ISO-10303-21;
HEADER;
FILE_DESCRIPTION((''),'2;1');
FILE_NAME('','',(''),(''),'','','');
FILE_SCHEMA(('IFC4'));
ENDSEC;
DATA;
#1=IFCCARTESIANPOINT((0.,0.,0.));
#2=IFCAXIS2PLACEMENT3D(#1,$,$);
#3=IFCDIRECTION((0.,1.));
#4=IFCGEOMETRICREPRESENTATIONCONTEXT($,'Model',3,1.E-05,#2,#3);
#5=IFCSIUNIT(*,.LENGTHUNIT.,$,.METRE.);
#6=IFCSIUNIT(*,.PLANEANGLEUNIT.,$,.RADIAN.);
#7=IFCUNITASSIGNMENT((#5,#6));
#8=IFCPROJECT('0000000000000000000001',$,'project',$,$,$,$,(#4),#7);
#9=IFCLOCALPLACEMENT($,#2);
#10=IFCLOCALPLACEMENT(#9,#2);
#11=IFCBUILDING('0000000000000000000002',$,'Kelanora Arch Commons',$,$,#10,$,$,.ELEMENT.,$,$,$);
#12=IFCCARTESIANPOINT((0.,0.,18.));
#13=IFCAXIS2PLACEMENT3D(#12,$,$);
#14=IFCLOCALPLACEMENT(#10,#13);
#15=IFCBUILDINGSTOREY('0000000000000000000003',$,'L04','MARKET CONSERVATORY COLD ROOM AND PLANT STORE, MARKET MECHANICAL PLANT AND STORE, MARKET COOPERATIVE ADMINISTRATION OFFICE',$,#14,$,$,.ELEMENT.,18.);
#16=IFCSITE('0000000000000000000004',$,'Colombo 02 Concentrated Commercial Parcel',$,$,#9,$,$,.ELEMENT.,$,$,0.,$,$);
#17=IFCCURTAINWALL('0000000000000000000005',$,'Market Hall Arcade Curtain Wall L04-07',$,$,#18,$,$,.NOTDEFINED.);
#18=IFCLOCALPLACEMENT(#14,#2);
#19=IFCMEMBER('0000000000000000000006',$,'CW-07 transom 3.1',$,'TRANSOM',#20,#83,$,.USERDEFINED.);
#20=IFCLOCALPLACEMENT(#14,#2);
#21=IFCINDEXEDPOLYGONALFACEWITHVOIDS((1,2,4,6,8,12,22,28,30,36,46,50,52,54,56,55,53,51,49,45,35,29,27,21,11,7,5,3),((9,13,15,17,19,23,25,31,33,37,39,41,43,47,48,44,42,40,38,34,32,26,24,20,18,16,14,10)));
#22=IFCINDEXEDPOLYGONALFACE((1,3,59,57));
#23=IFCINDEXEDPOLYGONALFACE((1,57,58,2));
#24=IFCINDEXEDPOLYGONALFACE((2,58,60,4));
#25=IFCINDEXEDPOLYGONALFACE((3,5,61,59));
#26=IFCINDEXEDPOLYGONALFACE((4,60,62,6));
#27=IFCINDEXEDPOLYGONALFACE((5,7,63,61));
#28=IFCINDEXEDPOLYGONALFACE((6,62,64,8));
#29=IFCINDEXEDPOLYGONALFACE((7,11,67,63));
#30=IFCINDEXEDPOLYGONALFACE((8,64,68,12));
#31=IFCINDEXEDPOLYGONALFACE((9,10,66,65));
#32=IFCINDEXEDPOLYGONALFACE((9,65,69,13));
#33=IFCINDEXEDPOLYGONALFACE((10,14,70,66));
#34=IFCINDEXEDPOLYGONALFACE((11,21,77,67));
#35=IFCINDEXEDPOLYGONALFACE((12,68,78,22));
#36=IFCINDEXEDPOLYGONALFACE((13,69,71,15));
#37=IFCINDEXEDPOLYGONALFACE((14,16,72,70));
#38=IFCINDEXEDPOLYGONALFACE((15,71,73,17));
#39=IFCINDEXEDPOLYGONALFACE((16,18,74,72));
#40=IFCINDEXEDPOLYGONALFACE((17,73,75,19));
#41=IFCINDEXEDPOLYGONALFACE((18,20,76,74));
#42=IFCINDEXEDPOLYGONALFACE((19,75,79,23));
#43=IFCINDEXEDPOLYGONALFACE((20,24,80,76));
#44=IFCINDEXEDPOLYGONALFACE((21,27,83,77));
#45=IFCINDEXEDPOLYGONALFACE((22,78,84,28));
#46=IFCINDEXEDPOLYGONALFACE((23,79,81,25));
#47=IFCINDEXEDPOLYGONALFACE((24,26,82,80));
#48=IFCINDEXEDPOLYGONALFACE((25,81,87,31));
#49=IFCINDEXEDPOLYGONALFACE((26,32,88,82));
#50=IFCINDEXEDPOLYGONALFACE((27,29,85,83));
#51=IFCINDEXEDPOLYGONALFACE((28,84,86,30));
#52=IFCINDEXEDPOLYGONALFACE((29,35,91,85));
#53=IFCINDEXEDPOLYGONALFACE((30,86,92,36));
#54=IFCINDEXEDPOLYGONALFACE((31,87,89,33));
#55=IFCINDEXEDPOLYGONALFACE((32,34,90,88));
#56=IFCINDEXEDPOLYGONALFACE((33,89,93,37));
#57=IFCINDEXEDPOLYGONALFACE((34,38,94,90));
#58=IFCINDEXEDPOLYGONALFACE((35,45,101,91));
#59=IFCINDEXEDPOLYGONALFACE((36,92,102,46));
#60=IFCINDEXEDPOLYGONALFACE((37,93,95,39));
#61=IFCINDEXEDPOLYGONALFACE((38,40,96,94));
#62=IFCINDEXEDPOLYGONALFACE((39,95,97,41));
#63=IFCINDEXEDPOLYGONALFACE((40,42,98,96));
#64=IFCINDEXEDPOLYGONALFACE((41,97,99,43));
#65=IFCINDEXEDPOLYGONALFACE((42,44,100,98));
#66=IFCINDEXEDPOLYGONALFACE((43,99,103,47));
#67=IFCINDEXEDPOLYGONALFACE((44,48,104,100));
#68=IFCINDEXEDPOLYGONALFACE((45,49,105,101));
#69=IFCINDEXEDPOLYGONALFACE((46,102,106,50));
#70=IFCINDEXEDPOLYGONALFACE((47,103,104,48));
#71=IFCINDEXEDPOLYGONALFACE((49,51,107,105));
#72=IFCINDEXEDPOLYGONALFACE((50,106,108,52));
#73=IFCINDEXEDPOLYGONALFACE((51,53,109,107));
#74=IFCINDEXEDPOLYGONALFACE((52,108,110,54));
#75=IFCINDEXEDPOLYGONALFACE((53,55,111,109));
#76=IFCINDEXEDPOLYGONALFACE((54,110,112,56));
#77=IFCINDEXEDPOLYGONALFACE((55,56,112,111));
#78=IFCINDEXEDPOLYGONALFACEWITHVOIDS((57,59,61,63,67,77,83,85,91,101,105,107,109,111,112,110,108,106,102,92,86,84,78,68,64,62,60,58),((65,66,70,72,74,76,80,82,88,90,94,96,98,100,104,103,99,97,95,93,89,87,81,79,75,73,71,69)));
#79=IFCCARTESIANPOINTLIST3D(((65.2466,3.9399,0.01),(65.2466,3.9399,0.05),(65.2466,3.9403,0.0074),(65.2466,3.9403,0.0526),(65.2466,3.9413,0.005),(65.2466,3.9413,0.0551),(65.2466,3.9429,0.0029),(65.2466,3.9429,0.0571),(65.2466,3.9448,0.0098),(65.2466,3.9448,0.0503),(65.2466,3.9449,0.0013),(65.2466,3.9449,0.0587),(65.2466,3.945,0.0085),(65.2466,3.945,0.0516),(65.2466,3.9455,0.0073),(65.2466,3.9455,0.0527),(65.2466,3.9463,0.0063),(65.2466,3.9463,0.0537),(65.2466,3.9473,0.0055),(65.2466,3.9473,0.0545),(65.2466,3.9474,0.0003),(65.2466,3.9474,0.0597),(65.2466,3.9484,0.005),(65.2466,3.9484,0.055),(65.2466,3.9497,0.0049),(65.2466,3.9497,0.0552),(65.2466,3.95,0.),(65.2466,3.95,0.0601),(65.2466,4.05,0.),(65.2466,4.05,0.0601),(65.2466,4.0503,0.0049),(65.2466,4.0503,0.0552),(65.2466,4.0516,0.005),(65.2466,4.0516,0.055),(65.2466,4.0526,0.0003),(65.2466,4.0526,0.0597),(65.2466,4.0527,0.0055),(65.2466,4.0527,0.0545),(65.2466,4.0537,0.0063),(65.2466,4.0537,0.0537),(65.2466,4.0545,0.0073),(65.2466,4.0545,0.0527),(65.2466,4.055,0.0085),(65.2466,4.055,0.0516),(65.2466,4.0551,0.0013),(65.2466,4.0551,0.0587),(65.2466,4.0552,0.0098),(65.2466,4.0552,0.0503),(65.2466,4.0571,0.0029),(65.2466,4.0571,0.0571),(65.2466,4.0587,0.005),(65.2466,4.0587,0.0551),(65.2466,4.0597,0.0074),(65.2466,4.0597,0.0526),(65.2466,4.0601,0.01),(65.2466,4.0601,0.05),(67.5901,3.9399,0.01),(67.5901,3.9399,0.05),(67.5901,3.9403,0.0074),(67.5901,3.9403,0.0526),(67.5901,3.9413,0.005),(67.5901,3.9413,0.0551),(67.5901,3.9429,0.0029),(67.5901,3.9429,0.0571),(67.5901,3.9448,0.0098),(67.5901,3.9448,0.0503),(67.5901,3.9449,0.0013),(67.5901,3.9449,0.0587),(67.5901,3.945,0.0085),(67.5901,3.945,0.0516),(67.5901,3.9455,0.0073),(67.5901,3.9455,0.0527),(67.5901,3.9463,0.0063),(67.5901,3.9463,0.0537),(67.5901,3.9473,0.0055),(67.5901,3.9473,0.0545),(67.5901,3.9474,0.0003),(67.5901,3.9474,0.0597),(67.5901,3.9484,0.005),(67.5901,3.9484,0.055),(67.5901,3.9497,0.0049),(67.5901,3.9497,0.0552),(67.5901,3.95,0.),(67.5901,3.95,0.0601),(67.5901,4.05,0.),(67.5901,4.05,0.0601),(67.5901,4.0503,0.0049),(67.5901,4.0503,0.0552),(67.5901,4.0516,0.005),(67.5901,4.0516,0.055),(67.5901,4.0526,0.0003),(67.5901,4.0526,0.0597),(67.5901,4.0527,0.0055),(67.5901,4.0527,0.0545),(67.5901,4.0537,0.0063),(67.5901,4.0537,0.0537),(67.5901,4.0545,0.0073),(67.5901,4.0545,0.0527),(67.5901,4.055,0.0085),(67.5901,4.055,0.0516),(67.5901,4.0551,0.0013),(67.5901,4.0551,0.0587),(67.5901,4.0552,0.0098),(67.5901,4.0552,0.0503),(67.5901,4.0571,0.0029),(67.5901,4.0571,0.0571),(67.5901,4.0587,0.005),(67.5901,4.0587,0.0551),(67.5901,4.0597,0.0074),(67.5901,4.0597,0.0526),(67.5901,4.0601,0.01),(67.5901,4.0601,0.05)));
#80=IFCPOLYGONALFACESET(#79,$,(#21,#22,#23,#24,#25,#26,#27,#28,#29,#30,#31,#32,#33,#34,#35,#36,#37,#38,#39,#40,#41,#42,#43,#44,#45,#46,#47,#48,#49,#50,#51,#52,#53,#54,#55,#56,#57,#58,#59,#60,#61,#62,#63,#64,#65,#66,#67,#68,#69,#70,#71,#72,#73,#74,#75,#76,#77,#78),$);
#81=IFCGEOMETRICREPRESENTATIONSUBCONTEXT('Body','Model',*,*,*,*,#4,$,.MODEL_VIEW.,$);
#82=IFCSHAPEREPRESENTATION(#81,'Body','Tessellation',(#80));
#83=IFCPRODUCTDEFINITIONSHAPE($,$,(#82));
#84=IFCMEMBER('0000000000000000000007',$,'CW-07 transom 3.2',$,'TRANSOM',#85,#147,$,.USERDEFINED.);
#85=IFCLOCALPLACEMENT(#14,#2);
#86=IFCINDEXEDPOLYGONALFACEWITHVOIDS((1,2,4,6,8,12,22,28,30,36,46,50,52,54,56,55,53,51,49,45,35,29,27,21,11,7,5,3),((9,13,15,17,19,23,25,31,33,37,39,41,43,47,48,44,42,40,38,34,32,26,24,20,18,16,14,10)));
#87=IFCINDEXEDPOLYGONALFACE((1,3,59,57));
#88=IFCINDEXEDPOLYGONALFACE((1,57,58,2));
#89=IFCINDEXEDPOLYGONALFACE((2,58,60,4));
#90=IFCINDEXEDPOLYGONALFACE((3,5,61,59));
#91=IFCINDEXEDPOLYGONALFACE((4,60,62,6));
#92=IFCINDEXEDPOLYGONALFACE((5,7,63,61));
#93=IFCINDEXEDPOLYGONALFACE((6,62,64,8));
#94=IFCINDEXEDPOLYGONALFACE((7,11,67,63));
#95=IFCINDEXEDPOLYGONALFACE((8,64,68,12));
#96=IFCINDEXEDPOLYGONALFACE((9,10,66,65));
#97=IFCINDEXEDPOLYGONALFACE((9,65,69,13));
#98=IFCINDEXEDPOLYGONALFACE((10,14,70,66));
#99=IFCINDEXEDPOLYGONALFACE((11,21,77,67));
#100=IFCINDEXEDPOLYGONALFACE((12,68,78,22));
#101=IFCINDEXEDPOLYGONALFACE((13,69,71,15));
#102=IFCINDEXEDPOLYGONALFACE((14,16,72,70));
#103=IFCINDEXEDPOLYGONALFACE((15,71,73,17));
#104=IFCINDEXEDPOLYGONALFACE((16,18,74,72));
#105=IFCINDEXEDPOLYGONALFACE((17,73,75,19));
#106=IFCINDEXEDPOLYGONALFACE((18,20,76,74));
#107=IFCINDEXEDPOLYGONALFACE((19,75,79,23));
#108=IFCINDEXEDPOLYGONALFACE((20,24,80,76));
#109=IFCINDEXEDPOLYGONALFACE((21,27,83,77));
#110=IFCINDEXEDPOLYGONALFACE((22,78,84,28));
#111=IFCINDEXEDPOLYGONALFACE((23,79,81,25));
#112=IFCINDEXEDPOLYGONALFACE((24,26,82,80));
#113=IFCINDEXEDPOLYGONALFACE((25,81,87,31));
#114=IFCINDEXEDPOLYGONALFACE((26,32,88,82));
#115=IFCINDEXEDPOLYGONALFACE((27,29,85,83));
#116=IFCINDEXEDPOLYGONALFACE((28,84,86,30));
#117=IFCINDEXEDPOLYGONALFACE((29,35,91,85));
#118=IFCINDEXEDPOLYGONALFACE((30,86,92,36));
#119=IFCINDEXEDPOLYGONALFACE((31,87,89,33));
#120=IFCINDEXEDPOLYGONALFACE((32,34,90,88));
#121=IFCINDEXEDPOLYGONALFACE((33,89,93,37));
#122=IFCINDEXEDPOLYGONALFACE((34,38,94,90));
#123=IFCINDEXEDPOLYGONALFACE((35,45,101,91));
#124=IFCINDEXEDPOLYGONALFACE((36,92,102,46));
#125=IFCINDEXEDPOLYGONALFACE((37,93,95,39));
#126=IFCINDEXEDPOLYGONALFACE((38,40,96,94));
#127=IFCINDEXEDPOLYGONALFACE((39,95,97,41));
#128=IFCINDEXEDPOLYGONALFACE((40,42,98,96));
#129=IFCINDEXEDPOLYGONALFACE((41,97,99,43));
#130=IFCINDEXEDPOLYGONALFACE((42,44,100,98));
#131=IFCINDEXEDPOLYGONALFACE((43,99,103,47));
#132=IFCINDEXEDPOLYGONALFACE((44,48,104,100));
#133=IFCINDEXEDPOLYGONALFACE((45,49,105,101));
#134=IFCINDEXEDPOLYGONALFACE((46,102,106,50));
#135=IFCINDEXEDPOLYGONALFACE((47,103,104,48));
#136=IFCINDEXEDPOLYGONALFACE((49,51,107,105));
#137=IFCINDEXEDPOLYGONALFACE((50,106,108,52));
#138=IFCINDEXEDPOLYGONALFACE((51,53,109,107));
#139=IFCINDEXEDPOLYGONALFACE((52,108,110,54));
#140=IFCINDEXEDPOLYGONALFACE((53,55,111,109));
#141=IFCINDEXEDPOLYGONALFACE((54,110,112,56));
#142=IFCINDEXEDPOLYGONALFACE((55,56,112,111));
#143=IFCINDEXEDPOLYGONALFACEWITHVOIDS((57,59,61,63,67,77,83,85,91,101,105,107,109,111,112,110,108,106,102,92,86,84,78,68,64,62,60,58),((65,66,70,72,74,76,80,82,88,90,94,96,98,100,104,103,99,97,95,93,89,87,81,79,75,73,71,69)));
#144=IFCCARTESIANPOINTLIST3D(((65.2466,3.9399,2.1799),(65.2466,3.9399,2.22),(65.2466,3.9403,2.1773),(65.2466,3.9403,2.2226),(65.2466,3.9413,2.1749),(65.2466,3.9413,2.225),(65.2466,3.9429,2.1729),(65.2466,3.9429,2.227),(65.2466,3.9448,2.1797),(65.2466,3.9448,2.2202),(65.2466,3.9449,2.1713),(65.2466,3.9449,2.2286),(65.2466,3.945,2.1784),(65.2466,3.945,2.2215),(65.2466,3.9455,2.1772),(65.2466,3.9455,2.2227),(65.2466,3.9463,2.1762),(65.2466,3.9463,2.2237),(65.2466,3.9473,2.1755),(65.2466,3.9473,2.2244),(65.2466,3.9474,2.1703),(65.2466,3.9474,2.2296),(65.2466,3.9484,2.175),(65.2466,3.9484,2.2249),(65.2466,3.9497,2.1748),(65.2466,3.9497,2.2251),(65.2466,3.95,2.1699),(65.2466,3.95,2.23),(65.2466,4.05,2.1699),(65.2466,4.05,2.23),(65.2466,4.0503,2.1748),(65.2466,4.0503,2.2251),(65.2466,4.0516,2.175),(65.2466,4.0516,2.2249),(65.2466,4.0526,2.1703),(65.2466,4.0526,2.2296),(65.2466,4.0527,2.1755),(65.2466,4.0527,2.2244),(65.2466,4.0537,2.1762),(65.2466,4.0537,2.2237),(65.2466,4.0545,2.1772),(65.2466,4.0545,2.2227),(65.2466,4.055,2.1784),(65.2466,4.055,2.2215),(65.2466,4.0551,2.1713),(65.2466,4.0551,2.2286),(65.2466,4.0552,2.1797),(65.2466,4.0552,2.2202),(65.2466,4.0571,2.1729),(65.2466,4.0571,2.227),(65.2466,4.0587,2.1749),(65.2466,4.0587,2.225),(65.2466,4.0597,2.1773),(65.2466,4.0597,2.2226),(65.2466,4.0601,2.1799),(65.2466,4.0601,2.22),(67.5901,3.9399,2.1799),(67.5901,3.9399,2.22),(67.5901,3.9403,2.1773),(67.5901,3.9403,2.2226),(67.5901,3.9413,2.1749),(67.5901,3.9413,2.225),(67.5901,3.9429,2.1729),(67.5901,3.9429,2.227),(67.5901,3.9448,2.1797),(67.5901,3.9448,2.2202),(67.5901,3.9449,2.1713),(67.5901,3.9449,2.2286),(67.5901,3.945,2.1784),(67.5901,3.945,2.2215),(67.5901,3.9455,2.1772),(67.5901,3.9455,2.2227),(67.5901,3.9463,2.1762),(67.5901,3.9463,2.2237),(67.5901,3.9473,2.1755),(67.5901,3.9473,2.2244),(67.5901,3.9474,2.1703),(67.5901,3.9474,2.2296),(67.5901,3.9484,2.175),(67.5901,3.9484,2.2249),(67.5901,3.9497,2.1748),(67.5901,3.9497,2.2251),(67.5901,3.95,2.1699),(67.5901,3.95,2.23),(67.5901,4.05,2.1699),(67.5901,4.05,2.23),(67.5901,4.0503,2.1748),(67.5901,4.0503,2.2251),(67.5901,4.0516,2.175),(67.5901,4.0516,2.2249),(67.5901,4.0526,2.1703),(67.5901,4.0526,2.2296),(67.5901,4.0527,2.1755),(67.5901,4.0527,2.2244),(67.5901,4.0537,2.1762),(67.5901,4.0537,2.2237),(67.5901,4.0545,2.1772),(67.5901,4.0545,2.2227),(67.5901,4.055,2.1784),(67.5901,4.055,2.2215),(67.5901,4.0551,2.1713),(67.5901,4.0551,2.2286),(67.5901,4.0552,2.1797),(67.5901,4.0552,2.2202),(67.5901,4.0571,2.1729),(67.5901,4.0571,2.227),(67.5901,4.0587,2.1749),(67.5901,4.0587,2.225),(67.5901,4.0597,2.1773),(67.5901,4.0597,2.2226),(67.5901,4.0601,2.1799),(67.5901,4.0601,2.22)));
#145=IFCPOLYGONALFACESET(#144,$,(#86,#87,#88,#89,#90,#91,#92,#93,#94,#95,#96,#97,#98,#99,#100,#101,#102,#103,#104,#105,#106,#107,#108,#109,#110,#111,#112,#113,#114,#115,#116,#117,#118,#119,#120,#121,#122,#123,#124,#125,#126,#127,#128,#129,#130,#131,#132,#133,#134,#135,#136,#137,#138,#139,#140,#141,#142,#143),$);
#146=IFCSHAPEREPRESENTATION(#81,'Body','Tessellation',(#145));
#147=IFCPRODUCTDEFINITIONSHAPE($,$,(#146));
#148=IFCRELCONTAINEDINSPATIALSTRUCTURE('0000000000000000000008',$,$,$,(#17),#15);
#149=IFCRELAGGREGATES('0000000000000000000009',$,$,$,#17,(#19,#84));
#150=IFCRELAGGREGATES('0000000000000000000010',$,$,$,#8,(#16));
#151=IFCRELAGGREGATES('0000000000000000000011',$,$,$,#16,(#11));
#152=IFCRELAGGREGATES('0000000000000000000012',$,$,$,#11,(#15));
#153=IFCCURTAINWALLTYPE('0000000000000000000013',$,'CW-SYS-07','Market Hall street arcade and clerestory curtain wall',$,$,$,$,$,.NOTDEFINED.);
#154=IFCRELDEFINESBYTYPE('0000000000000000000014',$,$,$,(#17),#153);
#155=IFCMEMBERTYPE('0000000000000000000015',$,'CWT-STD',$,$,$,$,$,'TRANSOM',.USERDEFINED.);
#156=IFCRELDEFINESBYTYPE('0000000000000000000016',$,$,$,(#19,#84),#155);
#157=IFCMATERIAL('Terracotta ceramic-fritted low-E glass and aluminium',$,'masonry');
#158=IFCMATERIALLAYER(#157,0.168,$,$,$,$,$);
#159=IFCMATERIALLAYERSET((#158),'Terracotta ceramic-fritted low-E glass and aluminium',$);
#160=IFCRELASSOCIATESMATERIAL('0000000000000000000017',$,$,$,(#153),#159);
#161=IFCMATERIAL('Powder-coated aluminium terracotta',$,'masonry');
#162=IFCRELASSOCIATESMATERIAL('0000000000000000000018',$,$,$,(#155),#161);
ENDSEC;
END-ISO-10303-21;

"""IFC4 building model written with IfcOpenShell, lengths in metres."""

from ifc_helpers import new_model, si_unit, direction, frame, origin, origin_2d, place, context, subcontext, project, spatial, hollow_rectangle, extrude, material, layer, layer_set, material_profile, profile_set, type_object, element, aggregate, save


model = new_model("IFC4")

# Units and contexts
model_context = context("Model", 3, precision=1e-05, world=origin(), true_north=direction((0.0, 1.0)))
body_context = subcontext(model_context, "Body", "Model", "MODEL_VIEW")
ifc_project = project(units=[si_unit("LENGTHUNIT", "METRE"), si_unit("PLANEANGLEUNIT", "RADIAN")], contexts=[model_context])

# Site, building, storey
site_placement = place(None, origin())
site = spatial("IfcSite", under=ifc_project, at=site_placement, Name="Colombo 02 Concentrated Commercial Parcel", CompositionType="ELEMENT", RefElevation=0.0)
building_placement = place(site_placement, origin())
building = spatial("IfcBuilding", under=site, at=building_placement, Name="Kelanora Arch Commons", CompositionType="ELEMENT")
storey_placement = place(building_placement, frame((0.0, 0.0, 18.0)))
storey = spatial("IfcBuildingStorey", under=building, at=storey_placement, Name="L04", Description="MARKET CONSERVATORY COLD ROOM AND PLANT STORE, MARKET MECHANICAL PLANT AND STORE, MARKET COOPERATIVE ADMINISTRATION OFFICE", CompositionType="ELEMENT", Elevation=18.0)

# Curtain wall, members
ifc_material_1 = material(Name="Terracotta ceramic-fritted low-E glass and aluminium", Category="masonry")
ifc_layer_1 = layer(ifc_material_1, 0.168)
ifc_layer_set_1 = layer_set([ifc_layer_1], Name="Terracotta ceramic-fritted low-E glass and aluminium")
curtain_wall_type = type_object("IfcCurtainWallType", Name="CW-SYS-07", Description="Market Hall street arcade and clerestory curtain wall", PredefinedType="NOTDEFINED", material=ifc_layer_set_1)
curtain_wall_placement = place(storey_placement, origin())
curtain_wall = element("IfcCurtainWall", 1, at=curtain_wall_placement, inside=storey, type_object=curtain_wall_type, Name="Market Hall Arcade Curtain Wall L04-07", PredefinedType="NOTDEFINED")
ifc_material_2 = material(Name="Powder-coated aluminium terracotta", Category="masonry")
ifc_material_profile_1 = material_profile(ifc_material_2, hollow_rectangle(XDim=0.1201, YDim=0.0601, WallThickness=0.0049, InnerFilletRadius=0.0049, OuterFilletRadius=0.01, at=origin_2d()), Name="CWT120x60")
ifc_profile_set_1 = profile_set([ifc_material_profile_1], Name="Powder-coated aluminium terracotta")
member_type_1 = type_object("IfcMemberType", Name="CWT-STD", ElementType="TRANSOM", PredefinedType="USERDEFINED", material=ifc_profile_set_1)
member_1_placement = place(storey_placement, frame((65.2466, 4.0, 0.03), z_axis=(1.0, 0.0, 0.0), x_axis=(0.0, 1.0, 0.0)))
member_1 = element("IfcMember", 2, at=member_1_placement, type_object=member_type_1, Name="CW-07 transom 3.1", ObjectType="TRANSOM", PredefinedType="USERDEFINED", context=body_context, shape_type="SweptSolid", body=[
    extrude(hollow_rectangle(XDim=0.1201, YDim=0.0601, WallThickness=0.0049, InnerFilletRadius=0.0049, OuterFilletRadius=0.01, at=origin_2d()), origin(), (0.0, 0.0, 1.0), 2.3435),
])
member_2_placement = place(storey_placement, frame((65.2466, 4.0, 2.2), z_axis=(1.0, 0.0, 0.0), x_axis=(0.0, 1.0, 0.0)))
member_2 = element("IfcMember", 3, at=member_2_placement, type_object=member_type_1, Name="CW-07 transom 3.2", ObjectType="TRANSOM", PredefinedType="USERDEFINED", context=body_context, shape_type="SweptSolid", body=[
    extrude(hollow_rectangle(XDim=0.1201, YDim=0.0601, WallThickness=0.0049, InnerFilletRadius=0.0049, OuterFilletRadius=0.01, at=origin_2d()), origin(), (0.0, 0.0, 1.0), 2.3435),
])
aggregate(curtain_wall, [member_1, member_2])

save(model, "model.ifc")
